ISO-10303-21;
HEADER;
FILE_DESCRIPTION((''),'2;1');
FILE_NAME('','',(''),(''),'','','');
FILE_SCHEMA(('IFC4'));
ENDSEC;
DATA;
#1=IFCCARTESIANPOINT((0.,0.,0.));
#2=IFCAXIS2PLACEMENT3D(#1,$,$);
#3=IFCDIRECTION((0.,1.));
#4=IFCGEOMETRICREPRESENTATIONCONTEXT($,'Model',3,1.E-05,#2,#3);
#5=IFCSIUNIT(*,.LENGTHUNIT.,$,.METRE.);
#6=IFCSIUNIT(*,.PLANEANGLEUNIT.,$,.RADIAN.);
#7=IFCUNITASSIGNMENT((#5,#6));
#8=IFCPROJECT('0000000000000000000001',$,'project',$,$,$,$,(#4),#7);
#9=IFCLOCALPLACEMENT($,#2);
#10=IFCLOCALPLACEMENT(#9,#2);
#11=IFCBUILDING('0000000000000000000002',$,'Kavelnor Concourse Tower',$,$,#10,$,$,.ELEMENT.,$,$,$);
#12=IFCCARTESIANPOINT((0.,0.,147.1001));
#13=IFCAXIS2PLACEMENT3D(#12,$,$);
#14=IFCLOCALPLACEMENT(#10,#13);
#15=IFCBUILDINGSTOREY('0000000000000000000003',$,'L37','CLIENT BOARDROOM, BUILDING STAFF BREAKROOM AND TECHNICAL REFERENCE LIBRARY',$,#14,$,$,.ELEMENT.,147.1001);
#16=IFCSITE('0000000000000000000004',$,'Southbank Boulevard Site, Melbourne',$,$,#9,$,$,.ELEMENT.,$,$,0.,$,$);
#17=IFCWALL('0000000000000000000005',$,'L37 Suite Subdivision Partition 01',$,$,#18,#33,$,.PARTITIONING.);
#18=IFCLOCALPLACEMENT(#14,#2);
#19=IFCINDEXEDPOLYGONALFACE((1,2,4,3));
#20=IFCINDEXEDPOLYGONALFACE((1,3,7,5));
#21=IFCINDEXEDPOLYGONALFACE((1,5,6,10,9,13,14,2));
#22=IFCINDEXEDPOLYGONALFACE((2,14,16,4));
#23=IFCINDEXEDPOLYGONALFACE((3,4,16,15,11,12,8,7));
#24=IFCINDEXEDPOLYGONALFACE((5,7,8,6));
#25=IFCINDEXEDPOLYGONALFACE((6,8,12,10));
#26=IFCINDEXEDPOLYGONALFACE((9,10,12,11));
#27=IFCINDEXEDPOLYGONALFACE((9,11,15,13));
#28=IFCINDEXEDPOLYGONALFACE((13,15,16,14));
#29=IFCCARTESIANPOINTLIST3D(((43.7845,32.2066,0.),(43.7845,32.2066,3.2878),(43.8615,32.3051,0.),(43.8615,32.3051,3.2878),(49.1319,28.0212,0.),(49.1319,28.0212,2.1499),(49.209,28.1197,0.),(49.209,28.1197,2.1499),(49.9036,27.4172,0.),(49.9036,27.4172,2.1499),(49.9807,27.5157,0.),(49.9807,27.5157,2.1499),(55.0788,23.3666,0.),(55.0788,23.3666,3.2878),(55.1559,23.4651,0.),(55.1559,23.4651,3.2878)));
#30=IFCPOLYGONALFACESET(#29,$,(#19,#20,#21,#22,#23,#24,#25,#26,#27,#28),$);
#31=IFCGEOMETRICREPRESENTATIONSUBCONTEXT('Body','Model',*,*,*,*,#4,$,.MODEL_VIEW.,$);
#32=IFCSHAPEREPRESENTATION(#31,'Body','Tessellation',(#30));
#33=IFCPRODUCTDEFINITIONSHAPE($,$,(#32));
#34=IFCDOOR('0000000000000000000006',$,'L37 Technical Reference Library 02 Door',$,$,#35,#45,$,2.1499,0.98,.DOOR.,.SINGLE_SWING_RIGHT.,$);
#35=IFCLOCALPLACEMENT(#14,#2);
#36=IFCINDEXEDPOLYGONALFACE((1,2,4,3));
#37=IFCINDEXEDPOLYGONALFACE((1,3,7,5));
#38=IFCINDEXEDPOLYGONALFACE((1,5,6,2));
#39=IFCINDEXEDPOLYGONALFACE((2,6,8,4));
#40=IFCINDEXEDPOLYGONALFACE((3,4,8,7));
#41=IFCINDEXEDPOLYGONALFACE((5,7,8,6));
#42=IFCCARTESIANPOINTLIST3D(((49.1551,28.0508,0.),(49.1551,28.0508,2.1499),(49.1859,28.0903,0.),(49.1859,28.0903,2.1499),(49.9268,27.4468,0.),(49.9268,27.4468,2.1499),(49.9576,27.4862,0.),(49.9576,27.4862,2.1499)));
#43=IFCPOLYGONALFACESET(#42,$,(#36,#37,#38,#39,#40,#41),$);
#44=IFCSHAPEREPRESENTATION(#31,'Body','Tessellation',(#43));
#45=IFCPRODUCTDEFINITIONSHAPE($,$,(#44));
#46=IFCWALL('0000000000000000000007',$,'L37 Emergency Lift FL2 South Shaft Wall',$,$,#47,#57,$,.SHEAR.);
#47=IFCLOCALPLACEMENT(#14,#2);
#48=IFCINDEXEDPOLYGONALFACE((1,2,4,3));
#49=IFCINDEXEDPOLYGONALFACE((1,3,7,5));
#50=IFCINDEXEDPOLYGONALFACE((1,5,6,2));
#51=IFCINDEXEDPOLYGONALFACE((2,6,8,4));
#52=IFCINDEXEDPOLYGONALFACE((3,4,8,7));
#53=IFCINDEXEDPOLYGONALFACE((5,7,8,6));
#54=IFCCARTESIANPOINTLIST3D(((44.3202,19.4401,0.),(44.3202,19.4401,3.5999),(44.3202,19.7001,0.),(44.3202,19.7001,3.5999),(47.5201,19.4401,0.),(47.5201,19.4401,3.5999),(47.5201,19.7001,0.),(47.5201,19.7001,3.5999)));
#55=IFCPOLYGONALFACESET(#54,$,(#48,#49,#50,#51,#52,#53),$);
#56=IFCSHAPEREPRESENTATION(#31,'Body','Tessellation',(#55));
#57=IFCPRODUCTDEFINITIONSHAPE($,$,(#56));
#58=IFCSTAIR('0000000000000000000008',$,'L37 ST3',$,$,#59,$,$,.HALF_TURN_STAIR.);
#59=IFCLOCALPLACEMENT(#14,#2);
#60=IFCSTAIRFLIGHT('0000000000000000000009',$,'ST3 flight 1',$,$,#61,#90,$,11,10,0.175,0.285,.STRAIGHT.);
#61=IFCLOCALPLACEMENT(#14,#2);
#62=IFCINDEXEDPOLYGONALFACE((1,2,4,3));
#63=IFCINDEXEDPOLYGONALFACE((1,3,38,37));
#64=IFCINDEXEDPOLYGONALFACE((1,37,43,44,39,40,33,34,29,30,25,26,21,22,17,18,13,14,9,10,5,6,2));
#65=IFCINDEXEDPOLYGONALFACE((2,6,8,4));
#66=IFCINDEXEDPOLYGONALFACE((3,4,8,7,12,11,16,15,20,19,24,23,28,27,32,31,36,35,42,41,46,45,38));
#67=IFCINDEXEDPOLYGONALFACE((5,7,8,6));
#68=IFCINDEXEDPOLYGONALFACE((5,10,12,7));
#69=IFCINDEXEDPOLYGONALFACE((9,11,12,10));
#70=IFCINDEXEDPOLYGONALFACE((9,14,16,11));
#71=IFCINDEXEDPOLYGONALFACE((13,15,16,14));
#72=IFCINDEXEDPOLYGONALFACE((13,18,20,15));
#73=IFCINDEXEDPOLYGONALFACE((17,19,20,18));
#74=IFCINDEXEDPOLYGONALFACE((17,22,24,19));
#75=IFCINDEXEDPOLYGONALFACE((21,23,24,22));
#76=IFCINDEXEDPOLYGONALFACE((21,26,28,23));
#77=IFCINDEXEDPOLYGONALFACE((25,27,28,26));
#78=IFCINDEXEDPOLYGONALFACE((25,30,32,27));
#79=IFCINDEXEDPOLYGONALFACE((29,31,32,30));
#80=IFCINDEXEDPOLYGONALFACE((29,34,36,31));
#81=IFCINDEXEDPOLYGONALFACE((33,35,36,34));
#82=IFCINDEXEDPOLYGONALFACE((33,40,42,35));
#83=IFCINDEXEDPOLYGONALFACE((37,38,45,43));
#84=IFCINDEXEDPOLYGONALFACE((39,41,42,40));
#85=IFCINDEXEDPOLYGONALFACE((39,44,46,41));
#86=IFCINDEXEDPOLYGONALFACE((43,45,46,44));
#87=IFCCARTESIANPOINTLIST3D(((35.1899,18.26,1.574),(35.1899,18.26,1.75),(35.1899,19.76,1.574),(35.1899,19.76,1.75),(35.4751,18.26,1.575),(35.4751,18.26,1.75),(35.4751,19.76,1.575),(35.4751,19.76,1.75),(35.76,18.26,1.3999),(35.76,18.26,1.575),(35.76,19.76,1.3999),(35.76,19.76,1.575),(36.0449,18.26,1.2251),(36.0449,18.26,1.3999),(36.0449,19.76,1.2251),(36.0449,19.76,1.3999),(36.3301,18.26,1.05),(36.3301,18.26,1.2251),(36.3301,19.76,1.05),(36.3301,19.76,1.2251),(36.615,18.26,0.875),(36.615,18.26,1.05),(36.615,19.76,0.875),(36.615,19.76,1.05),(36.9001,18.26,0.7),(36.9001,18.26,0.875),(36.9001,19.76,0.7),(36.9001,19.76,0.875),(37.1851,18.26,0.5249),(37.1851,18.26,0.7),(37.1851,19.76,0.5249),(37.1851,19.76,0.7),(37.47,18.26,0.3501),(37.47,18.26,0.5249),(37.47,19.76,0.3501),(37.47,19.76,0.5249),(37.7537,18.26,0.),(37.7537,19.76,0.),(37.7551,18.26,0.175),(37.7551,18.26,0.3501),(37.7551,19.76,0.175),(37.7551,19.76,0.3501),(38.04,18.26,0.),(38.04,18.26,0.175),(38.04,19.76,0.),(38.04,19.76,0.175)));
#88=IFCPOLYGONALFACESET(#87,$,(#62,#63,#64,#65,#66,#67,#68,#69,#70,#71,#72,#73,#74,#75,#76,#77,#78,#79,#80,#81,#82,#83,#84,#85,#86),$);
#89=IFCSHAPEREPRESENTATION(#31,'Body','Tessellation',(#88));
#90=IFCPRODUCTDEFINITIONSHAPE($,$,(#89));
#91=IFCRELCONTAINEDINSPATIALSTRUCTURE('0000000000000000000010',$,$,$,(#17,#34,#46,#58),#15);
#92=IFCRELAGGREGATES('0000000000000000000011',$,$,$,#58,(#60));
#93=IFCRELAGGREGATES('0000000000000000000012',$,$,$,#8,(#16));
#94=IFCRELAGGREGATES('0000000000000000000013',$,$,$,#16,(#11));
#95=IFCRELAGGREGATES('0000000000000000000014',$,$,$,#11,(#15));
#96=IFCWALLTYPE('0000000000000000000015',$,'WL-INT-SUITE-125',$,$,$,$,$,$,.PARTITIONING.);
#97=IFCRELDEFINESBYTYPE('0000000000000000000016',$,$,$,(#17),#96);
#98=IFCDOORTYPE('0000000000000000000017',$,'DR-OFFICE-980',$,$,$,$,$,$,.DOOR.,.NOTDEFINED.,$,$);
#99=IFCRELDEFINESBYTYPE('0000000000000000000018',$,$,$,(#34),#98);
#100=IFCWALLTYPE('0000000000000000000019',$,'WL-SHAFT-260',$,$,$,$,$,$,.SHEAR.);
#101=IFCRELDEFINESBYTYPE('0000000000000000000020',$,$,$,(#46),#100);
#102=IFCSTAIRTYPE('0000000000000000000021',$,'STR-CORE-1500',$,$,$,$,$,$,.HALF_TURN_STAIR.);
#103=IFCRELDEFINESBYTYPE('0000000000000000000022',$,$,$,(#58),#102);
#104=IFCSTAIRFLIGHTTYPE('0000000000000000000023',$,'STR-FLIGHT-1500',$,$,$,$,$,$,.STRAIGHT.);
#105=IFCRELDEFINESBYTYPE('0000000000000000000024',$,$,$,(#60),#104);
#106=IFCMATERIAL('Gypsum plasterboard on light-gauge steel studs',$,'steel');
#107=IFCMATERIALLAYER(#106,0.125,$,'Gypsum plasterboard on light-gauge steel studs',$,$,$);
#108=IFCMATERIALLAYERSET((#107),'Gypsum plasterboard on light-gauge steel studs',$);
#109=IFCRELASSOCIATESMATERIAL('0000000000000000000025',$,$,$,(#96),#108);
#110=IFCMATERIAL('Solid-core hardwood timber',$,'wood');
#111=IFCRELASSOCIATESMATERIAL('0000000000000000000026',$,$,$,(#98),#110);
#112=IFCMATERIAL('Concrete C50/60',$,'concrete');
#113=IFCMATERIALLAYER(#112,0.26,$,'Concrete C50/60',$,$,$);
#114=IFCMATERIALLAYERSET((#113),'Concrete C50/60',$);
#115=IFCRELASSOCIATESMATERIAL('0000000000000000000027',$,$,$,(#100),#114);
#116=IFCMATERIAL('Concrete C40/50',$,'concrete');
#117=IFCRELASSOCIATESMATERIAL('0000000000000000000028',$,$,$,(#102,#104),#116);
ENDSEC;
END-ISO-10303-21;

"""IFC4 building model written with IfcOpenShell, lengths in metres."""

from ifc_helpers import new_model, si_unit, direction, frame, frame_2d, origin, place, context, subcontext, project, spatial, polyline, rectangle, outline, extrude, material, layer, layer_set, type_object, element, fill, aggregate, save


model = new_model("IFC4")

# Units and contexts
model_context = context("Model", 3, precision=1e-05, world=origin(), true_north=direction((0.0, 1.0)))
body_context = subcontext(model_context, "Body", "Model", "MODEL_VIEW")
ifc_project = project(units=[si_unit("LENGTHUNIT", "METRE"), si_unit("PLANEANGLEUNIT", "RADIAN")], contexts=[model_context])

# Site, building, storey
site_placement = place(None, origin())
site = spatial("IfcSite", under=ifc_project, at=site_placement, Name="Southbank Boulevard Site, Melbourne", CompositionType="ELEMENT", RefElevation=0.0)
building_placement = place(site_placement, origin())
building = spatial("IfcBuilding", under=site, at=building_placement, Name="Kavelnor Concourse Tower", CompositionType="ELEMENT")
storey_placement = place(building_placement, frame((0.0, 0.0, 147.1001)))
storey = spatial("IfcBuildingStorey", under=building, at=storey_placement, Name="L37", Description="CLIENT BOARDROOM, BUILDING STAFF BREAKROOM AND TECHNICAL REFERENCE LIBRARY", CompositionType="ELEMENT", Elevation=147.1001)

# Shared definitions
ifc_material_1 = material(Name="Gypsum plasterboard on light-gauge steel studs", Category="steel")
ifc_material_2 = material(Name="Solid-core hardwood timber", Category="wood")

# Shared definitions
ifc_layer_1 = layer(ifc_material_1, 0.125, Name="Gypsum plasterboard on light-gauge steel studs")
ifc_layer_set_1 = layer_set([ifc_layer_1], Name="Gypsum plasterboard on light-gauge steel studs")
wall_type_1 = type_object("IfcWallType", Name="WL-INT-SUITE-125", PredefinedType="PARTITIONING", material=ifc_layer_set_1)

# Wall, opening, door
wall_1_placement = place(storey_placement, frame((55.1174, 23.4158, 0.0), z_axis=(0.0, 0.0, 1.0), x_axis=(-0.787472, 0.61635, 0.0)))
wall_1 = element("IfcWall", 1, at=wall_1_placement, inside=storey, type_object=wall_type_1, Name="L37 Suite Subdivision Partition 01", PredefinedType="PARTITIONING", context=body_context, shape_type="SweptSolid", body=[
    extrude(rectangle(XDim=14.3425, YDim=0.125, at=frame_2d((7.1714, 0.0))), origin(), (0.0, 0.0, 1.0), 3.2878),
])
opening_1_placement = place(wall_1_placement, frame((6.572, 0.0, 0.0)))
opening_1 = element("IfcOpeningElement", 2, at=opening_1_placement, cuts=wall_1, PredefinedType="OPENING", context=body_context, shape_type="SweptSolid", body=[
    extrude(rectangle(XDim=0.98, YDim=2.1499, at=frame_2d((0.49, 1.075))), frame((0.0, 0.0725, 0.0), z_axis=(0.0, -1.0, 0.0), x_axis=(1.0, 0.0, 0.0)), (0.0, 0.0, 1.0), 0.145),
])
door_type_1 = type_object("IfcDoorType", Name="DR-OFFICE-980", OperationType="NOTDEFINED", PredefinedType="DOOR", material=ifc_material_2)
door_1_placement = place(opening_1_placement, origin())
door_1 = element("IfcDoor", 3, at=door_1_placement, inside=storey, type_object=door_type_1, Name="L37 Technical Reference Library 02 Door", OperationType="SINGLE_SWING_RIGHT", OverallHeight=2.1499, OverallWidth=0.98, PredefinedType="DOOR", context=body_context, shape_type="SweptSolid", body=[
    extrude(rectangle(XDim=0.98, YDim=2.1499, at=frame_2d((0.49, 1.075))), frame((0.0, 0.0249, 0.0), z_axis=(0.0, -1.0, 0.0), x_axis=(1.0, 0.0, 0.0)), (0.0, 0.0, 1.0), 0.05),
])
fill(opening_1, door_1)

# Wall
ifc_material_3 = material(Name="Concrete C50/60", Category="concrete")
ifc_layer_2 = layer(ifc_material_3, 0.26, Name="Concrete C50/60")
ifc_layer_set_2 = layer_set([ifc_layer_2], Name="Concrete C50/60")
wall_type_2 = type_object("IfcWallType", Name="WL-SHAFT-260", PredefinedType="SHEAR", material=ifc_layer_set_2)
wall_2_placement = place(storey_placement, frame((44.3201, 19.5701, 0.0), z_axis=(0.0, 0.0, 1.0), x_axis=(1.0, 0.0, 0.0)))
element("IfcWall", 4, at=wall_2_placement, inside=storey, type_object=wall_type_2, Name="L37 Emergency Lift FL2 South Shaft Wall", PredefinedType="SHEAR", context=body_context, shape_type="SweptSolid", body=[
    extrude(rectangle(XDim=3.2, YDim=0.26, at=frame_2d((1.6001, 0.0))), origin(), (0.0, 0.0, 1.0), 3.5999),
])

# Stair, stair flight
ifc_material_4 = material(Name="Concrete C40/50", Category="concrete")
stair_type = type_object("IfcStairType", Name="STR-CORE-1500", PredefinedType="HALF_TURN_STAIR", material=ifc_material_4)
stair_placement = place(storey_placement, origin())
stair = element("IfcStair", 5, at=stair_placement, inside=storey, type_object=stair_type, Name="L37 ST3", PredefinedType="HALF_TURN_STAIR")
stair_flight_type = type_object("IfcStairFlightType", Name="STR-FLIGHT-1500", PredefinedType="STRAIGHT", material=ifc_material_4)
stair_flight_placement = place(storey_placement, frame((38.04, 19.01, 0.0), z_axis=(0.0, 0.0, 1.0), x_axis=(-1.0, 0.0, 0.0)))
stair_flight = element("IfcStairFlight", 6, at=stair_flight_placement, type_object=stair_flight_type, Name="ST3 flight 1", NumberOfRisers=11, NumberOfTreads=10, PredefinedType="STRAIGHT", RiserHeight=0.175, TreadLength=0.285, context=body_context, shape_type="SweptSolid", body=[
    extrude(outline(polyline([(0.0, 0.0), (0.0, 0.175), (0.2849, 0.175), (0.2849, 0.3501), (0.5701, 0.3501), (0.5701, 0.5249), (0.855, 0.5249), (0.855, 0.7), (1.1399, 0.7), (1.1399, 0.875), (1.425, 0.875), (1.425, 1.05), (1.71, 1.05), (1.71, 1.2251), (1.9951, 1.2251), (1.9951, 1.3999), (2.28, 1.3999), (2.28, 1.575), (2.5649, 1.575), (2.5649, 1.75), (2.8501, 1.75), (2.8501, 1.925), (2.8501, 1.574), (0.2864, 0.0), (0.0, 0.0)])), frame((0.0, 0.75, 0.0), z_axis=(0.0, -1.0, 0.0), x_axis=(1.0, 0.0, 0.0)), (0.0, 0.0, 1.0), 1.5),
])
aggregate(stair, [stair_flight])

save(model, "model.ifc")
